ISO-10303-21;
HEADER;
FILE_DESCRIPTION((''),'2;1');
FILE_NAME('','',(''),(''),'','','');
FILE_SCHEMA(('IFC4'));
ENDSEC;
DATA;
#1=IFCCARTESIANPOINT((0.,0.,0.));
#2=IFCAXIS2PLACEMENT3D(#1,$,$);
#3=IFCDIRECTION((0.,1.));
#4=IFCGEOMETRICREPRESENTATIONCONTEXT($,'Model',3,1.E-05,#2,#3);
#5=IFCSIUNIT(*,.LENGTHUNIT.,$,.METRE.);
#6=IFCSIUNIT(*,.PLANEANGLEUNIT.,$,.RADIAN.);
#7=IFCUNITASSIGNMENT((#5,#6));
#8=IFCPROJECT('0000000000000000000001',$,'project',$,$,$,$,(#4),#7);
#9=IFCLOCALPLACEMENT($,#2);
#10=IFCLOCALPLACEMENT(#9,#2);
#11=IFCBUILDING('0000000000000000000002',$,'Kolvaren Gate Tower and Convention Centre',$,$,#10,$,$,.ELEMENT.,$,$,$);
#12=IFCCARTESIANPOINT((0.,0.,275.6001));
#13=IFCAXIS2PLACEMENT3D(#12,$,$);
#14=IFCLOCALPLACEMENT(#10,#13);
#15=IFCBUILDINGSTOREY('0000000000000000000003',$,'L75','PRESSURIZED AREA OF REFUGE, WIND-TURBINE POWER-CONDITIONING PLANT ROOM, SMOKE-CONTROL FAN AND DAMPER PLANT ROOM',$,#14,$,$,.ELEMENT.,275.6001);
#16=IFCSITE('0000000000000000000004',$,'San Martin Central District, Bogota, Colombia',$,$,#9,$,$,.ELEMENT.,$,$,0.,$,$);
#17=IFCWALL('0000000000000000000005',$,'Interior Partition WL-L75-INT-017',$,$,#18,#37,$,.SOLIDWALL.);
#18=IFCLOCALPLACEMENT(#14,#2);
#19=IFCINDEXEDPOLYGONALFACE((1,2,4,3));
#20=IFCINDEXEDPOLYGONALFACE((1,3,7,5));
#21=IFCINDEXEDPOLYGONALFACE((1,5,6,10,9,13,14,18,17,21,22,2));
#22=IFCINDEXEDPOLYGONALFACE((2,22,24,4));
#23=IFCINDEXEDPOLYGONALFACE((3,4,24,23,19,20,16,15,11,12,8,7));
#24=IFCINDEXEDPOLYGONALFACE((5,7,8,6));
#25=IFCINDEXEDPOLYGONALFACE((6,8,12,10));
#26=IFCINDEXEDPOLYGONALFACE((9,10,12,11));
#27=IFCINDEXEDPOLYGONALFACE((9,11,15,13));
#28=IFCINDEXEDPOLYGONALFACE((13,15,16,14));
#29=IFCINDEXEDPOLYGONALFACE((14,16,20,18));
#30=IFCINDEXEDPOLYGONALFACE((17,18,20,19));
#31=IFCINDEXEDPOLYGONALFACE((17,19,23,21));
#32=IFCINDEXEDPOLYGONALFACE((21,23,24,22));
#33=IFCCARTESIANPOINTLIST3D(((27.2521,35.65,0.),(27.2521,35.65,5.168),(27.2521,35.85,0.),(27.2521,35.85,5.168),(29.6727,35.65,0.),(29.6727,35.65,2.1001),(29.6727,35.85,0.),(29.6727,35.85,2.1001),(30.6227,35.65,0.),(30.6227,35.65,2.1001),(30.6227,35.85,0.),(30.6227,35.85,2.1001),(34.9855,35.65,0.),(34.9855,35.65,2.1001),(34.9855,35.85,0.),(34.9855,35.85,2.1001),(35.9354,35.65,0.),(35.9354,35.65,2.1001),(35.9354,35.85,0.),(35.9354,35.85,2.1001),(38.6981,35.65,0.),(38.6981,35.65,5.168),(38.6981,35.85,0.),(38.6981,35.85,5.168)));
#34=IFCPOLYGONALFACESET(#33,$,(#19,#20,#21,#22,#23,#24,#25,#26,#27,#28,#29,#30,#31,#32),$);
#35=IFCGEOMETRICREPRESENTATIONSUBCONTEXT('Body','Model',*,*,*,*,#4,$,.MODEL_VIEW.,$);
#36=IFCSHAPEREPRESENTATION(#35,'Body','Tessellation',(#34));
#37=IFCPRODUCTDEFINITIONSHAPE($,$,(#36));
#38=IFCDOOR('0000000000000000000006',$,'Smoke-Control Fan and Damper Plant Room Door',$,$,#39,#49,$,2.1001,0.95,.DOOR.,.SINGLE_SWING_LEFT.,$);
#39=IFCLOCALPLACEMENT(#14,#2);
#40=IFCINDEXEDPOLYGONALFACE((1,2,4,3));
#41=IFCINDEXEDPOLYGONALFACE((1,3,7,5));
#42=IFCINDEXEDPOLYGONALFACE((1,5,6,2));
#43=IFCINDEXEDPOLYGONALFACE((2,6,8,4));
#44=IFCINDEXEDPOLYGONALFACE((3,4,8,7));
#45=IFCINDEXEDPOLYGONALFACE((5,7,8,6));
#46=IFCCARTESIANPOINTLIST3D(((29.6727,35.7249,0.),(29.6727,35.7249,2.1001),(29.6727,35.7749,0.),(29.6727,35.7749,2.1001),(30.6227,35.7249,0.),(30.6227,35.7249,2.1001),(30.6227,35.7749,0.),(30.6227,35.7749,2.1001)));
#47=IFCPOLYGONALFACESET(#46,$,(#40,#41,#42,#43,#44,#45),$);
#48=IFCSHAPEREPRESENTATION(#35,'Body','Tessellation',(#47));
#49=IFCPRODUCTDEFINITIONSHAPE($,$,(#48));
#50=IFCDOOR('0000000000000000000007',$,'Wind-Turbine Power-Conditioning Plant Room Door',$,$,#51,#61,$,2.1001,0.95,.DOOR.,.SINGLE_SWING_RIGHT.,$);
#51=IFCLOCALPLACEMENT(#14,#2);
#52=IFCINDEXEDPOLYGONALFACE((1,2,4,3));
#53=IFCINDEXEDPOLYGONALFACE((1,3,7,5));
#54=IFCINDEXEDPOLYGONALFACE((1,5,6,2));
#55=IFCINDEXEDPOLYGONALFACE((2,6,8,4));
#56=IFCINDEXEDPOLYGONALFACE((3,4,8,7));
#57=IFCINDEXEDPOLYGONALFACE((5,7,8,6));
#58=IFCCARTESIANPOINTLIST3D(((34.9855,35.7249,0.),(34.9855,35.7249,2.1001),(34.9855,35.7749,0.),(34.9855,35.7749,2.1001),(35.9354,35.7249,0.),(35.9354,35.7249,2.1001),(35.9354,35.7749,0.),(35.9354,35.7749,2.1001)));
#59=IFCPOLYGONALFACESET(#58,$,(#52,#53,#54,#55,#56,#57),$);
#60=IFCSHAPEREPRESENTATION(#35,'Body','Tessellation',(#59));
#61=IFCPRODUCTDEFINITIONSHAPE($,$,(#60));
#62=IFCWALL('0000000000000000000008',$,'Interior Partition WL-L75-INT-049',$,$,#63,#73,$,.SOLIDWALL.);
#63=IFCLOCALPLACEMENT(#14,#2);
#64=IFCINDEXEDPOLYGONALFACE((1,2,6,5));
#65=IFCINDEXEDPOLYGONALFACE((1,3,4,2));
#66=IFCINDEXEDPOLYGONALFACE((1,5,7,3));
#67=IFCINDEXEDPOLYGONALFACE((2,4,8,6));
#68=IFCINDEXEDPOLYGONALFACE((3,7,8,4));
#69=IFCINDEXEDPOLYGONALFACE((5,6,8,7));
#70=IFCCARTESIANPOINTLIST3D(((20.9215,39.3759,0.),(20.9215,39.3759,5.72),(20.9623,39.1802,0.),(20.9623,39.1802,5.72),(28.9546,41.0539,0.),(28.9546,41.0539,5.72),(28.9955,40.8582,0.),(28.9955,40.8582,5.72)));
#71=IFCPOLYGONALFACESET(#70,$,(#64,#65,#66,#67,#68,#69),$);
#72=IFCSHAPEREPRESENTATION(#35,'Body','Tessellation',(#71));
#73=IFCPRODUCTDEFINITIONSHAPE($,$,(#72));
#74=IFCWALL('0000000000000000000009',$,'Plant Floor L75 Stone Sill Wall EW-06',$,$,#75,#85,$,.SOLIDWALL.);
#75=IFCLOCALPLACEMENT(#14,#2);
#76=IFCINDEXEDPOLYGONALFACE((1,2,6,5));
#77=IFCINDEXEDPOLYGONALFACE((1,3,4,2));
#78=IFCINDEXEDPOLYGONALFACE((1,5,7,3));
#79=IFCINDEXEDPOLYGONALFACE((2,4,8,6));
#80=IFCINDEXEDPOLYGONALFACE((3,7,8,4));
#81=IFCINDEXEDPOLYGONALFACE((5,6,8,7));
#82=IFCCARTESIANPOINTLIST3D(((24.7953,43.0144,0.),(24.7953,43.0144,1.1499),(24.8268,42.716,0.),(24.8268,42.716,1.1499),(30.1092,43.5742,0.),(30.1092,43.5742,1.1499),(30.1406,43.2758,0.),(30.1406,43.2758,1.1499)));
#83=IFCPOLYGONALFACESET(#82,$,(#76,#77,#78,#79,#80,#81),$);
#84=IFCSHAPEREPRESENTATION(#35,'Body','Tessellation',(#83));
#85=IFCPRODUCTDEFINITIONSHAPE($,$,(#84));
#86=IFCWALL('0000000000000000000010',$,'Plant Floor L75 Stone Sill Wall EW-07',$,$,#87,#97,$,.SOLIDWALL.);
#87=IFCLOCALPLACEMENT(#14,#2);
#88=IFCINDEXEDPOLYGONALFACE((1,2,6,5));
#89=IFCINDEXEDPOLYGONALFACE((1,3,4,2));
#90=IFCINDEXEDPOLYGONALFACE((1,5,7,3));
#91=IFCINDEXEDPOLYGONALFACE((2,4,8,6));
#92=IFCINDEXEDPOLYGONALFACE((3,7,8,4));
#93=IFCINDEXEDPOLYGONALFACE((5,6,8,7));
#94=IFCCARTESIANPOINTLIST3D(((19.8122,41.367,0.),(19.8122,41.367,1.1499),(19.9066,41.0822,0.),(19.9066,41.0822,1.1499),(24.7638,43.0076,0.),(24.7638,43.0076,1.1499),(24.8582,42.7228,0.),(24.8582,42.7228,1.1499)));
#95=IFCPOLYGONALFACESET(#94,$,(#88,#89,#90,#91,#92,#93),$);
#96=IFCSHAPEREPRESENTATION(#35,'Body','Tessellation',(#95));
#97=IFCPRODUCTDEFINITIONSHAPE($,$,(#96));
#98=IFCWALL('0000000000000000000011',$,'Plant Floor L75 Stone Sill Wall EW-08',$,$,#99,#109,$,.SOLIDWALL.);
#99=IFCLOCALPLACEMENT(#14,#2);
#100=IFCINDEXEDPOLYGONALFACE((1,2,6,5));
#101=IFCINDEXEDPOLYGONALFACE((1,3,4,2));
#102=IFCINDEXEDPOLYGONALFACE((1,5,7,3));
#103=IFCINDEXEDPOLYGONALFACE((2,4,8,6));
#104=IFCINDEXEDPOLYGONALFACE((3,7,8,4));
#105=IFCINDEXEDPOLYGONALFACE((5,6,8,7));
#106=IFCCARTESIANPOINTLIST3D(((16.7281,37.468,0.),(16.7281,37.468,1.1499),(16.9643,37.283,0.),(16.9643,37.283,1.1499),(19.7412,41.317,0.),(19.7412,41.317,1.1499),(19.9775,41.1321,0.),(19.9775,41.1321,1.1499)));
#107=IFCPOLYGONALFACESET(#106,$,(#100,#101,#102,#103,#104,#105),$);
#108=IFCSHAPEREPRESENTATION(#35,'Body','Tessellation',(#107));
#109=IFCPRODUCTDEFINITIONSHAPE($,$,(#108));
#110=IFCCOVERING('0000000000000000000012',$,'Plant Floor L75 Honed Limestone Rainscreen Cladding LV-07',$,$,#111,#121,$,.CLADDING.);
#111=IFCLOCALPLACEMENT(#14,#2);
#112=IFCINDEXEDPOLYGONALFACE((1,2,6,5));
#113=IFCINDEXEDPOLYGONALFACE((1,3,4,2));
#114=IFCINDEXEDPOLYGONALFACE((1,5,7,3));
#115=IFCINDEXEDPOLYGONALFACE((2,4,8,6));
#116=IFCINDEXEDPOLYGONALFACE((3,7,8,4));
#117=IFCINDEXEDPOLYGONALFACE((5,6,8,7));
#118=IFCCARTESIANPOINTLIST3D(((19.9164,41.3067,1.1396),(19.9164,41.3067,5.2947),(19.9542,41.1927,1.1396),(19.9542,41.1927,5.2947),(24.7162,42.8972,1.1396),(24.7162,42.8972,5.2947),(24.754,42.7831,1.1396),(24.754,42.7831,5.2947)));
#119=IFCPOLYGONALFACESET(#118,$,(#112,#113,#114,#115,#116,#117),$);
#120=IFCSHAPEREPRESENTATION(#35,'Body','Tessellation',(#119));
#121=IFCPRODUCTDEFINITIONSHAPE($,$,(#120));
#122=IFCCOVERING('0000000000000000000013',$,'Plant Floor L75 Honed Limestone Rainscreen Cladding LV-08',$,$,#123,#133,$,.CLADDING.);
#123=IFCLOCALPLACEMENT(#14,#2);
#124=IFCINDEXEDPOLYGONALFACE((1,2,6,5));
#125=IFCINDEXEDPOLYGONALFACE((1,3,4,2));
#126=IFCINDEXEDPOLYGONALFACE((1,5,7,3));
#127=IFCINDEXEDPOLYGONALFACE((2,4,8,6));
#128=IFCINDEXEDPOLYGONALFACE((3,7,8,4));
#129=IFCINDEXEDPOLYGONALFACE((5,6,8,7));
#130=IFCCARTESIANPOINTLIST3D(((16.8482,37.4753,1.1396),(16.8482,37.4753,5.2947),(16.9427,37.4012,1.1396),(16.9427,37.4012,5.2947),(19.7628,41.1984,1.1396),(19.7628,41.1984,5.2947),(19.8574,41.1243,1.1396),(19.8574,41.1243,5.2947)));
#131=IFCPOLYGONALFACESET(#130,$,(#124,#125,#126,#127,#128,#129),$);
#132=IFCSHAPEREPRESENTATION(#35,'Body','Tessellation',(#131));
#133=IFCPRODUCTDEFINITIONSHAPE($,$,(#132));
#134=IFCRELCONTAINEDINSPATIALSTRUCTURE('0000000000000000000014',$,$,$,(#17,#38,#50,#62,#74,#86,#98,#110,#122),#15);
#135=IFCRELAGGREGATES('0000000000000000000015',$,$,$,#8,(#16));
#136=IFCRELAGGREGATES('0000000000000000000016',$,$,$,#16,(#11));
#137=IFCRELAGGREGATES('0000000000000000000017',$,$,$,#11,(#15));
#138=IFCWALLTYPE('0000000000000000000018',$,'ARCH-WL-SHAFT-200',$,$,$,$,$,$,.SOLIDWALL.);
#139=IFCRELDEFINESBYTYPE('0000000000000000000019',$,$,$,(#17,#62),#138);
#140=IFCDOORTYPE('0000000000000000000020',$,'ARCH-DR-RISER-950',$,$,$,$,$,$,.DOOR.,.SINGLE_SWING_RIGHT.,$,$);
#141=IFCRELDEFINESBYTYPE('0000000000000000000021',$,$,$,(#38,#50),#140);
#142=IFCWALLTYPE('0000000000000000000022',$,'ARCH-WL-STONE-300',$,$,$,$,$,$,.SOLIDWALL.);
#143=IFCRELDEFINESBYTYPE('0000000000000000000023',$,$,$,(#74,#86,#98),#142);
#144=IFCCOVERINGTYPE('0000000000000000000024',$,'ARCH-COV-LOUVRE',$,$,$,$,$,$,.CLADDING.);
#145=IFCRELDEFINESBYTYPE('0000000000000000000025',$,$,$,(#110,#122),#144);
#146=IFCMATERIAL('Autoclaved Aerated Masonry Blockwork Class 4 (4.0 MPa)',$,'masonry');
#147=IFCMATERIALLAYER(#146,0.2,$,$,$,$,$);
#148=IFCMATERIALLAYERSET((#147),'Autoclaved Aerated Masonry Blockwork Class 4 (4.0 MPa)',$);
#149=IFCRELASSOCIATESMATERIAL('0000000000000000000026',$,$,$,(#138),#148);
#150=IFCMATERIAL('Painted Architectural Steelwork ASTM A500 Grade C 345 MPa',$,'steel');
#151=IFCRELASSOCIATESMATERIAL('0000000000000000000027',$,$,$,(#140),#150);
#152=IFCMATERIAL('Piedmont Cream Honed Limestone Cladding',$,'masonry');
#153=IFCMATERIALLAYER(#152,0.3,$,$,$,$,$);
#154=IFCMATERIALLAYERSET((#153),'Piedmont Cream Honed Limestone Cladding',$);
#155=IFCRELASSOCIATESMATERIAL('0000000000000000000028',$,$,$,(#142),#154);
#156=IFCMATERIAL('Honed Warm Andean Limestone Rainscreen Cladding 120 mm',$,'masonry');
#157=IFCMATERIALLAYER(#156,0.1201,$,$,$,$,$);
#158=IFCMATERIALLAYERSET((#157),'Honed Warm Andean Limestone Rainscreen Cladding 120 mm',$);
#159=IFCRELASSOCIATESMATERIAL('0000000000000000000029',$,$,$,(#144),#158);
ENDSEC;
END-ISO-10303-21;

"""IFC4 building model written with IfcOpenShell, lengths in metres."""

from ifc_helpers import new_model, si_unit, direction, frame, frame_2d, origin, origin_2d, place, context, subcontext, project, spatial, rectangle, extrude, material, layer, layer_set, type_object, element, fill, save


model = new_model("IFC4")

# Units and contexts
model_context = context("Model", 3, precision=1e-05, world=origin(), true_north=direction((0.0, 1.0)))
body_context = subcontext(model_context, "Body", "Model", "MODEL_VIEW")
ifc_project = project(units=[si_unit("LENGTHUNIT", "METRE"), si_unit("PLANEANGLEUNIT", "RADIAN")], contexts=[model_context])

# Site, building, storey
site_placement = place(None, origin())
site = spatial("IfcSite", under=ifc_project, at=site_placement, Name="San Martin Central District, Bogota, Colombia", CompositionType="ELEMENT", RefElevation=0.0)
building_placement = place(site_placement, origin())
building = spatial("IfcBuilding", under=site, at=building_placement, Name="Kolvaren Gate Tower and Convention Centre", CompositionType="ELEMENT")
storey_placement = place(building_placement, frame((0.0, 0.0, 275.6001)))
storey = spatial("IfcBuildingStorey", under=building, at=storey_placement, Name="L75", Description="PRESSURIZED AREA OF REFUGE, WIND-TURBINE POWER-CONDITIONING PLANT ROOM, SMOKE-CONTROL FAN AND DAMPER PLANT ROOM", CompositionType="ELEMENT", Elevation=275.6001)

# Wall, openings, doors
ifc_material_1 = material(Name="Autoclaved Aerated Masonry Blockwork Class 4 (4.0 MPa)", Category="masonry")
ifc_layer_1 = layer(ifc_material_1, 0.2)
ifc_layer_set_1 = layer_set([ifc_layer_1], Name="Autoclaved Aerated Masonry Blockwork Class 4 (4.0 MPa)")
wall_type_1 = type_object("IfcWallType", Name="ARCH-WL-SHAFT-200", PredefinedType="SOLIDWALL", material=ifc_layer_set_1)
wall_1_placement = place(storey_placement, frame((27.252, 35.75, 0.0), z_axis=(0.0, 0.0, 1.0), x_axis=(1.0, 0.0, 0.0)))
wall_1 = element("IfcWall", 1, at=wall_1_placement, inside=storey, type_object=wall_type_1, Name="Interior Partition WL-L75-INT-017", PredefinedType="SOLIDWALL", context=body_context, shape_type="SweptSolid", body=[
    extrude(rectangle(XDim=11.446, YDim=0.2, at=frame_2d((5.7231, 0.0))), origin(), (0.0, 0.0, 1.0), 5.168),
])
opening_1_placement = place(wall_1_placement, frame((2.4207, 0.0, 0.0)))
opening_1 = element("IfcOpeningElement", 2, at=opening_1_placement, cuts=wall_1, PredefinedType="OPENING", context=body_context, shape_type="SweptSolid", body=[
    extrude(rectangle(XDim=0.95, YDim=2.1001, at=frame_2d((0.4751, 1.05))), frame((0.0, 0.1099, 0.0), z_axis=(0.0, -1.0, 0.0), x_axis=(1.0, 0.0, 0.0)), (0.0, 0.0, 1.0), 0.22),
])
opening_2_placement = place(wall_1_placement, frame((7.7334, 0.0, 0.0)))
opening_2 = element("IfcOpeningElement", 3, at=opening_2_placement, cuts=wall_1, PredefinedType="OPENING", context=body_context, shape_type="SweptSolid", body=[
    extrude(rectangle(XDim=0.95, YDim=2.1001, at=frame_2d((0.4751, 1.05))), frame((0.0, 0.1099, 0.0), z_axis=(0.0, -1.0, 0.0), x_axis=(1.0, 0.0, 0.0)), (0.0, 0.0, 1.0), 0.22),
])
ifc_material_2 = material(Name="Painted Architectural Steelwork ASTM A500 Grade C 345 MPa", Category="steel")
door_type = type_object("IfcDoorType", Name="ARCH-DR-RISER-950", OperationType="SINGLE_SWING_RIGHT", PredefinedType="DOOR", material=ifc_material_2)
door_1_placement = place(opening_1_placement, origin())
door_1 = element("IfcDoor", 4, at=door_1_placement, inside=storey, type_object=door_type, Name="Smoke-Control Fan and Damper Plant Room Door", OperationType="SINGLE_SWING_LEFT", OverallHeight=2.1001, OverallWidth=0.95, PredefinedType="DOOR", context=body_context, shape_type="SweptSolid", body=[
    extrude(rectangle(XDim=0.95, YDim=2.1001, at=frame_2d((0.4751, 1.05))), frame((0.0, 0.0249, 0.0), z_axis=(0.0, -1.0, 0.0), x_axis=(1.0, 0.0, 0.0)), (0.0, 0.0, 1.0), 0.05),
])
fill(opening_1, door_1)
door_2_placement = place(opening_2_placement, origin())
door_2 = element("IfcDoor", 5, at=door_2_placement, inside=storey, type_object=door_type, Name="Wind-Turbine Power-Conditioning Plant Room Door", OperationType="SINGLE_SWING_RIGHT", OverallHeight=2.1001, OverallWidth=0.95, PredefinedType="DOOR", context=body_context, shape_type="SweptSolid", body=[
    extrude(rectangle(XDim=0.95, YDim=2.1001, at=frame_2d((0.4751, 1.05))), frame((0.0, 0.0249, 0.0), z_axis=(0.0, -1.0, 0.0), x_axis=(1.0, 0.0, 0.0)), (0.0, 0.0, 1.0), 0.05),
])
fill(opening_2, door_2)

# Walls
wall_2_placement = place(storey_placement, frame((20.9419, 39.2781, 0.0), z_axis=(0.0, 0.0, 1.0), x_axis=(0.978873, 0.204467, 0.0)))
element("IfcWall", 6, at=wall_2_placement, inside=storey, type_object=wall_type_1, Name="Interior Partition WL-L75-INT-049", PredefinedType="SOLIDWALL", context=body_context, shape_type="SweptSolid", body=[
    extrude(rectangle(XDim=8.2065, YDim=0.2, at=frame_2d((4.1033, 0.0))), origin(), (0.0, 0.0, 1.0), 5.72),
])
ifc_material_3 = material(Name="Piedmont Cream Honed Limestone Cladding", Category="masonry")
ifc_layer_2 = layer(ifc_material_3, 0.3)
ifc_layer_set_2 = layer_set([ifc_layer_2], Name="Piedmont Cream Honed Limestone Cladding")
wall_type_2 = type_object("IfcWallType", Name="ARCH-WL-STONE-300", PredefinedType="SOLIDWALL", material=ifc_layer_set_2)
wall_3_placement = place(storey_placement, frame((24.811, 42.8652, 0.0), z_axis=(0.0, 0.0, 1.0), x_axis=(0.994497, 0.104768, 0.0)))
element("IfcWall", 7, at=wall_3_placement, inside=storey, type_object=wall_type_2, Name="Plant Floor L75 Stone Sill Wall EW-06", PredefinedType="SOLIDWALL", context=body_context, shape_type="SweptSolid", body=[
    extrude(rectangle(XDim=5.3433, YDim=0.3, at=frame_2d((2.6716, 0.0))), origin(), (0.0, 0.0, 1.0), 1.1499),
])
wall_4_placement = place(storey_placement, frame((19.8594, 41.2246, 0.0), z_axis=(0.0, 0.0, 1.0), x_axis=(0.949253, 0.314514, 0.0)))
element("IfcWall", 8, at=wall_4_placement, inside=storey, type_object=wall_type_2, Name="Plant Floor L75 Stone Sill Wall EW-07", PredefinedType="SOLIDWALL", context=body_context, shape_type="SweptSolid", body=[
    extrude(rectangle(XDim=5.2163, YDim=0.3, at=frame_2d((2.6082, 0.0))), origin(), (0.0, 0.0, 1.0), 1.1499),
])
wall_5_placement = place(storey_placement, frame((16.8462, 37.3755, 0.0), z_axis=(0.0, 0.0, 1.0), x_axis=(0.616413, 0.787423, 0.0)))
element("IfcWall", 9, at=wall_5_placement, inside=storey, type_object=wall_type_2, Name="Plant Floor L75 Stone Sill Wall EW-08", PredefinedType="SOLIDWALL", context=body_context, shape_type="SweptSolid", body=[
    extrude(rectangle(XDim=4.8882, YDim=0.3, at=frame_2d((2.4441, 0.0))), origin(), (0.0, 0.0, 1.0), 1.1499),
])

# Coverings
ifc_material_4 = material(Name="Honed Warm Andean Limestone Rainscreen Cladding 120 mm", Category="masonry")
ifc_layer_3 = layer(ifc_material_4, 0.1201)
ifc_layer_set_3 = layer_set([ifc_layer_3], Name="Honed Warm Andean Limestone Rainscreen Cladding 120 mm")
covering_type = type_object("IfcCoveringType", Name="ARCH-COV-LOUVRE", PredefinedType="CLADDING", material=ifc_layer_set_3)
covering_1_placement = place(storey_placement, frame((22.3352, 42.0449, 1.1396), z_axis=(0.0, 0.0, 1.0), x_axis=(0.949243, 0.314543, 0.0)))
element("IfcCovering", 10, at=covering_1_placement, inside=storey, type_object=covering_type, Name="Plant Floor L75 Honed Limestone Rainscreen Cladding LV-07", PredefinedType="CLADDING", context=body_context, shape_type="SweptSolid", body=[
    extrude(rectangle(XDim=5.0564, YDim=0.1201, at=origin_2d()), origin(), (0.0, 0.0, 1.0), 4.155),
])
covering_2_placement = place(storey_placement, frame((18.3528, 39.2998, 1.1396), z_axis=(0.0, 0.0, 1.0), x_axis=(0.61643, 0.78741, 0.0)))
element("IfcCovering", 11, at=covering_2_placement, inside=storey, type_object=covering_type, Name="Plant Floor L75 Honed Limestone Rainscreen Cladding LV-08", PredefinedType="CLADDING", context=body_context, shape_type="SweptSolid", body=[
    extrude(rectangle(XDim=4.7283, YDim=0.1201, at=origin_2d()), origin(), (0.0, 0.0, 1.0), 4.155),
])

save(model, "model.ifc")
